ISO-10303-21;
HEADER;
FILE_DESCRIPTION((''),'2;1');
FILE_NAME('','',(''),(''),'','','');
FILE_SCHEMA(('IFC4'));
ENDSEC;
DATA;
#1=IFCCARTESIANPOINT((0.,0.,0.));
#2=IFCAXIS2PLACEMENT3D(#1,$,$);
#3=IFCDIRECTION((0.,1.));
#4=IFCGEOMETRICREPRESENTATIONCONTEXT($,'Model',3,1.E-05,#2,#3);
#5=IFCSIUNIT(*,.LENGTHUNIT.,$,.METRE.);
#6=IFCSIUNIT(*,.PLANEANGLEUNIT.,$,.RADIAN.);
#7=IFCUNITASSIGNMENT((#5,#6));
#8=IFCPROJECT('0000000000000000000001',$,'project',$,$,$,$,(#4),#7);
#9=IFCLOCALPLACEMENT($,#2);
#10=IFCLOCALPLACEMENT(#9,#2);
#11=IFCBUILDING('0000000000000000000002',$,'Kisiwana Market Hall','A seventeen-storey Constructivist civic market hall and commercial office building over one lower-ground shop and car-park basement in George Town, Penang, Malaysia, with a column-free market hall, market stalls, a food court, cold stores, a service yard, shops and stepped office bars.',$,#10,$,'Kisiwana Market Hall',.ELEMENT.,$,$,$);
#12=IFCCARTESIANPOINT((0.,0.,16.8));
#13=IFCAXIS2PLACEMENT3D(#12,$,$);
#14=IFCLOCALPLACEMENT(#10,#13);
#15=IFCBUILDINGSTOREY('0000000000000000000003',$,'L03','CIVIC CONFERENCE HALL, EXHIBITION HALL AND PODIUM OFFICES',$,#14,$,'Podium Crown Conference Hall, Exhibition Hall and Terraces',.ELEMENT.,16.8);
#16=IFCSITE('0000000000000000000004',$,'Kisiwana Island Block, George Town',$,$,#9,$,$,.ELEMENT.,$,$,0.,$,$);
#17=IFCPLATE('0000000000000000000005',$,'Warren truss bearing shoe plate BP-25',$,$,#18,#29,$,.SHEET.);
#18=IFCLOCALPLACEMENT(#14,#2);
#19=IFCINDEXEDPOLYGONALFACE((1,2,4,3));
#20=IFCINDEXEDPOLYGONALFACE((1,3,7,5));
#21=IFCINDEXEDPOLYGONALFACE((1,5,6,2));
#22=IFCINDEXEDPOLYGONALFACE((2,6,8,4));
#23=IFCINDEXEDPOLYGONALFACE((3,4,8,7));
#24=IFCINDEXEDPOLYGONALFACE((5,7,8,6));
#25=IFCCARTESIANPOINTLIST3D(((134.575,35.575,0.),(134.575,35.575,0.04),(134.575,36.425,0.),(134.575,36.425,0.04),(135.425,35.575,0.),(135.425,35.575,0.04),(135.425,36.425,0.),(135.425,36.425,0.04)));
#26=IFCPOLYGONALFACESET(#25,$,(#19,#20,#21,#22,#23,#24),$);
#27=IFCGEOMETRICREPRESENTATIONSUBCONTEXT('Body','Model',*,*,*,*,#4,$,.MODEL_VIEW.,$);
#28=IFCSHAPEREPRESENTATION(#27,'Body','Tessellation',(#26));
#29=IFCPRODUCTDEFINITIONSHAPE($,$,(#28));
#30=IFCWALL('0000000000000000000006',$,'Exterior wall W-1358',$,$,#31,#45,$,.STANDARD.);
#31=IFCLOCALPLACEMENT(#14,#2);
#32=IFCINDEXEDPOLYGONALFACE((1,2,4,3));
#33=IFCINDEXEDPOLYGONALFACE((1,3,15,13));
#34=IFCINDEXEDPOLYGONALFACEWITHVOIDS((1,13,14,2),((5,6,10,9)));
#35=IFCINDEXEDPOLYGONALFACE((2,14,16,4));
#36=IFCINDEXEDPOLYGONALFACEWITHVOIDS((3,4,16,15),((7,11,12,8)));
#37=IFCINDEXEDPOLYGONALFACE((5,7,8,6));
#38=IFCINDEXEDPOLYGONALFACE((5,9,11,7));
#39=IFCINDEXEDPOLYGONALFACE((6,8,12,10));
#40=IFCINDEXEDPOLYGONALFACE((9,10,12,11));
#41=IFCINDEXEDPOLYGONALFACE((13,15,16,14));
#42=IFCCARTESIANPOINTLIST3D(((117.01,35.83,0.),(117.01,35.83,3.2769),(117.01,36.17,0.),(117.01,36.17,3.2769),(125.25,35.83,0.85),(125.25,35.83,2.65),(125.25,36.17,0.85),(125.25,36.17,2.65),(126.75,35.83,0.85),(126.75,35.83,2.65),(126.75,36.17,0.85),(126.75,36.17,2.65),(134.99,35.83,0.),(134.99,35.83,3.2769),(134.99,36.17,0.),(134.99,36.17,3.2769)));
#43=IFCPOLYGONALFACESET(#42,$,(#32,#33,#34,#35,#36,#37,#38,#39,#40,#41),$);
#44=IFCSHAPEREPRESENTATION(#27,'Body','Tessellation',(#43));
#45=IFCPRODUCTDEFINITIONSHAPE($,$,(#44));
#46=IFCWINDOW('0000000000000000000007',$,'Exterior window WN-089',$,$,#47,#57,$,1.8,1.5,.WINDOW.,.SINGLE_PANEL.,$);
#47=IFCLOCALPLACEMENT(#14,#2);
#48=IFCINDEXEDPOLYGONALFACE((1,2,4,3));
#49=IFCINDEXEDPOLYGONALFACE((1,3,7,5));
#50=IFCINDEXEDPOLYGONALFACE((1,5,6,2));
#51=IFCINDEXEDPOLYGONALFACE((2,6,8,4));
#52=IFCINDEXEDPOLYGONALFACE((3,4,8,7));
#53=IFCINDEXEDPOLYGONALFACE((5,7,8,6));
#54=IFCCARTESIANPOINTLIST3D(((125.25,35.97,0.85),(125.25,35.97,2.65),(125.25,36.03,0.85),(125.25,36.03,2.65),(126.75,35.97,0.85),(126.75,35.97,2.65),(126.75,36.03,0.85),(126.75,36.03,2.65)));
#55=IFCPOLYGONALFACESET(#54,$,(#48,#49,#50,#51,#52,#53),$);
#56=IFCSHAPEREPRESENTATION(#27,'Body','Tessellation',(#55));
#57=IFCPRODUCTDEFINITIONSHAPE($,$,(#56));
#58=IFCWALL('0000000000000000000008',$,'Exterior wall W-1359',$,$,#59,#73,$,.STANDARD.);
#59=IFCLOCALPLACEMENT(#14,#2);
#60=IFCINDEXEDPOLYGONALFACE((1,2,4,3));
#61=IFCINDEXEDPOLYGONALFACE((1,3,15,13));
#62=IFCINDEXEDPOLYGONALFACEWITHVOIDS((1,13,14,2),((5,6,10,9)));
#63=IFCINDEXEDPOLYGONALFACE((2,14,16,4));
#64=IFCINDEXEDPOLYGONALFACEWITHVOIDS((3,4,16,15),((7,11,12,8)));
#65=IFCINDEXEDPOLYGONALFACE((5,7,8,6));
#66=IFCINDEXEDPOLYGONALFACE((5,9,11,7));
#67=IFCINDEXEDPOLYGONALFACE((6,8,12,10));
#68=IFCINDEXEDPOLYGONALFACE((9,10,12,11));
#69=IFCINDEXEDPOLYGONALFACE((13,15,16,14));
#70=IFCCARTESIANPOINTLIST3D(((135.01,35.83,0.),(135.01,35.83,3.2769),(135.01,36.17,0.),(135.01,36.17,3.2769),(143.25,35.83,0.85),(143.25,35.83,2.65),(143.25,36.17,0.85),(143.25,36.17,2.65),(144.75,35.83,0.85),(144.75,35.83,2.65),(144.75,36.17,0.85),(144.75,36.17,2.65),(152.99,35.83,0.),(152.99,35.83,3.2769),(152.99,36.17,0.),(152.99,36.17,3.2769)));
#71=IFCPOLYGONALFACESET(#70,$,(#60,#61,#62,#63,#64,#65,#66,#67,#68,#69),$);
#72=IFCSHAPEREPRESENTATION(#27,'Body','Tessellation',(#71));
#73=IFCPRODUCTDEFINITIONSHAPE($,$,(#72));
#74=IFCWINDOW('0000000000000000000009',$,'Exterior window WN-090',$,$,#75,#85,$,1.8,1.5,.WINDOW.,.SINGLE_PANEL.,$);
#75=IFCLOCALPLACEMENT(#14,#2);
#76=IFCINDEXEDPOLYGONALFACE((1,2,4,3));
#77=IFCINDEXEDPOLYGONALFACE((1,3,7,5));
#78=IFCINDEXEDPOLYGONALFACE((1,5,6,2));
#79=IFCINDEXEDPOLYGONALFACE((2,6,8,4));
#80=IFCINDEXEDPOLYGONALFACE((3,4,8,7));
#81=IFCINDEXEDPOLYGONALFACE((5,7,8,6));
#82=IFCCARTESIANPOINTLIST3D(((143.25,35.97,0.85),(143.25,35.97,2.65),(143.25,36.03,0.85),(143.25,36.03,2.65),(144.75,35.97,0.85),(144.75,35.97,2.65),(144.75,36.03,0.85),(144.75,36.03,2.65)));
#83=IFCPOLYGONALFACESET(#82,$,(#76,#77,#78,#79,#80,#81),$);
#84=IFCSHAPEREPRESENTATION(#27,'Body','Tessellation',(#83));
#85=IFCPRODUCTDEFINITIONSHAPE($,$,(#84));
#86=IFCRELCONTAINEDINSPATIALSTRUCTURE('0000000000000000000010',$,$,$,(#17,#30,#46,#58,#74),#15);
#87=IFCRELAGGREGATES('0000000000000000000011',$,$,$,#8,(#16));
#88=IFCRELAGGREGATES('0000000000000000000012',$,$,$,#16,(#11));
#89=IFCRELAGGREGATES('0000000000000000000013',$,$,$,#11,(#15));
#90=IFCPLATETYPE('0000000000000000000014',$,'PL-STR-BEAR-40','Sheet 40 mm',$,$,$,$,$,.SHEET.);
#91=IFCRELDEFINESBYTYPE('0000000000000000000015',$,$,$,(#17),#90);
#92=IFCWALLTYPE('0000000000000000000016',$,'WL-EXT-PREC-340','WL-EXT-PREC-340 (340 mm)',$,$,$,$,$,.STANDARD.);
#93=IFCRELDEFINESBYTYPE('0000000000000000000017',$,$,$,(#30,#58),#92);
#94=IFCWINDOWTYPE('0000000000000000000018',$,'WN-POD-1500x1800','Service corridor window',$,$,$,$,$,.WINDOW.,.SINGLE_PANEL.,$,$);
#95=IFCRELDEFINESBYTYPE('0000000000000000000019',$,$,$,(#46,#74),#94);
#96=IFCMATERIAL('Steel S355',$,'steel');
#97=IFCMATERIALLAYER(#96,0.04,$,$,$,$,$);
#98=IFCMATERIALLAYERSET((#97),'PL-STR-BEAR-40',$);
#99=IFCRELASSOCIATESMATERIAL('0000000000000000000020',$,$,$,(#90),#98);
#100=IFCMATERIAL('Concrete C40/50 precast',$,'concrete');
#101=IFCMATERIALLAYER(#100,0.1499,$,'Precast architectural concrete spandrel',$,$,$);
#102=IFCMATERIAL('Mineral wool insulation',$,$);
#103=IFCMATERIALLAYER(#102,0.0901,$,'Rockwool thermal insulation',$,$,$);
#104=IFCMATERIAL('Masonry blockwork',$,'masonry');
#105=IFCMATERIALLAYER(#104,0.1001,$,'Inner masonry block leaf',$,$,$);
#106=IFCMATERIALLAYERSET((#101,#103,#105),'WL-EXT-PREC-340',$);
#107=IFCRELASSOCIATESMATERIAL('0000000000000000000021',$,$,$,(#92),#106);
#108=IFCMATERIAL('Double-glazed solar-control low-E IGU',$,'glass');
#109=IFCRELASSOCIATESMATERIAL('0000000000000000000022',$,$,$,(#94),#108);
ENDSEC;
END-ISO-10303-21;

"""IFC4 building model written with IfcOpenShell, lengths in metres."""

from ifc_helpers import new_model, si_unit, direction, frame, frame_2d, origin, origin_2d, place, context, subcontext, project, spatial, rectangle, extrude, material, layer, layer_set, type_object, element, fill, save


model = new_model("IFC4")

# Units and contexts
model_context = context("Model", 3, precision=1e-05, world=origin(), true_north=direction((0.0, 1.0)))
body_context = subcontext(model_context, "Body", "Model", "MODEL_VIEW")
ifc_project = project(units=[si_unit("LENGTHUNIT", "METRE"), si_unit("PLANEANGLEUNIT", "RADIAN")], contexts=[model_context])

# Site, building, storey
site_placement = place(None, origin())
site = spatial("IfcSite", under=ifc_project, at=site_placement, Name="Kisiwana Island Block, George Town", CompositionType="ELEMENT", RefElevation=0.0)
building_placement = place(site_placement, origin())
building = spatial("IfcBuilding", under=site, at=building_placement, Name="Kisiwana Market Hall", Description="A seventeen-storey Constructivist civic market hall and commercial office building over one lower-ground shop and car-park basement in George Town, Penang, Malaysia, with a column-free market hall, market stalls, a food court, cold stores, a service yard, shops and stepped office bars.", LongName="Kisiwana Market Hall", CompositionType="ELEMENT")
storey_placement = place(building_placement, frame((0.0, 0.0, 16.8)))
storey = spatial("IfcBuildingStorey", under=building, at=storey_placement, Name="L03", Description="CIVIC CONFERENCE HALL, EXHIBITION HALL AND PODIUM OFFICES", LongName="Podium Crown Conference Hall, Exhibition Hall and Terraces", CompositionType="ELEMENT", Elevation=16.8)

# Plate
ifc_material_1 = material(Name="Steel S355", Category="steel")
ifc_layer_1 = layer(ifc_material_1, 0.04)
ifc_layer_set_1 = layer_set([ifc_layer_1], Name="PL-STR-BEAR-40")
plate_type = type_object("IfcPlateType", Name="PL-STR-BEAR-40", Description="Sheet 40 mm", PredefinedType="SHEET", material=ifc_layer_set_1)
plate_placement = place(storey_placement, frame((135.0, 36.0, 0.0), z_axis=(0.0, 0.0, 1.0), x_axis=(1.0, 0.0, 0.0)))
element("IfcPlate", 1, at=plate_placement, inside=storey, type_object=plate_type, Name="Warren truss bearing shoe plate BP-25", PredefinedType="SHEET", context=body_context, shape_type="SweptSolid", body=[
    extrude(rectangle(XDim=0.8501, YDim=0.8501, at=origin_2d()), origin(), (0.0, 0.0, 1.0), 0.04),
])

# Walls, openings, windows
ifc_material_2 = material(Name="Concrete C40/50 precast", Category="concrete")
ifc_layer_2 = layer(ifc_material_2, 0.1499, Name="Precast architectural concrete spandrel")
ifc_material_3 = material(Name="Mineral wool insulation")
ifc_layer_3 = layer(ifc_material_3, 0.0901, Name="Rockwool thermal insulation")
ifc_material_4 = material(Name="Masonry blockwork", Category="masonry")
ifc_layer_4 = layer(ifc_material_4, 0.1001, Name="Inner masonry block leaf")
ifc_layer_set_2 = layer_set([ifc_layer_2, ifc_layer_3, ifc_layer_4], Name="WL-EXT-PREC-340")
wall_type = type_object("IfcWallType", Name="WL-EXT-PREC-340", Description="WL-EXT-PREC-340 (340 mm)", PredefinedType="STANDARD", material=ifc_layer_set_2)
wall_1_placement = place(storey_placement, frame((117.01, 36.0, 0.0), z_axis=(0.0, 0.0, 1.0), x_axis=(1.0, 0.0, 0.0)))
wall_1 = element("IfcWall", 2, at=wall_1_placement, inside=storey, type_object=wall_type, Name="Exterior wall W-1358", PredefinedType="STANDARD", context=body_context, shape_type="SweptSolid", body=[
    extrude(rectangle(XDim=17.98, YDim=0.3401, at=frame_2d((8.99, 0.0))), origin(), (0.0, 0.0, 1.0), 3.2769),
])
opening_1_placement = place(wall_1_placement, frame((8.24, 0.0, 0.8501)))
opening_1 = element("IfcOpeningElement", 3, at=opening_1_placement, cuts=wall_1, PredefinedType="OPENING", context=body_context, shape_type="SweptSolid", body=[
    extrude(rectangle(XDim=1.5, YDim=1.8, at=frame_2d((0.75, 0.8999))), frame((0.0, 0.1821, 0.0), z_axis=(0.0, -1.0, 0.0), x_axis=(1.0, 0.0, 0.0)), (0.0, 0.0, 1.0), 0.364),
])
ifc_material_5 = material(Name="Double-glazed solar-control low-E IGU", Category="glass")
window_type = type_object("IfcWindowType", Name="WN-POD-1500x1800", Description="Service corridor window", PartitioningType="SINGLE_PANEL", PredefinedType="WINDOW", material=ifc_material_5)
window_1_placement = place(opening_1_placement, origin())
window_1 = element("IfcWindow", 4, at=window_1_placement, inside=storey, type_object=window_type, Name="Exterior window WN-089", OverallHeight=1.8, OverallWidth=1.5, PartitioningType="SINGLE_PANEL", PredefinedType="WINDOW", context=body_context, shape_type="SweptSolid", body=[
    extrude(rectangle(XDim=1.5, YDim=1.8, at=frame_2d((0.75, 0.8999))), frame((0.0, 0.03, 0.0), z_axis=(0.0, -1.0, 0.0), x_axis=(1.0, 0.0, 0.0)), (0.0, 0.0, 1.0), 0.0601),
])
fill(opening_1, window_1)
wall_2_placement = place(storey_placement, frame((135.01, 36.0, 0.0), z_axis=(0.0, 0.0, 1.0), x_axis=(1.0, 0.0, 0.0)))
wall_2 = element("IfcWall", 5, at=wall_2_placement, inside=storey, type_object=wall_type, Name="Exterior wall W-1359", PredefinedType="STANDARD", context=body_context, shape_type="SweptSolid", body=[
    extrude(rectangle(XDim=17.98, YDim=0.3401, at=frame_2d((8.99, 0.0))), origin(), (0.0, 0.0, 1.0), 3.2769),
])
opening_2_placement = place(wall_2_placement, frame((8.24, 0.0, 0.8501)))
opening_2 = element("IfcOpeningElement", 6, at=opening_2_placement, cuts=wall_2, PredefinedType="OPENING", context=body_context, shape_type="SweptSolid", body=[
    extrude(rectangle(XDim=1.5, YDim=1.8, at=frame_2d((0.75, 0.8999))), frame((0.0, 0.1821, 0.0), z_axis=(0.0, -1.0, 0.0), x_axis=(1.0, 0.0, 0.0)), (0.0, 0.0, 1.0), 0.364),
])
window_2_placement = place(opening_2_placement, origin())
window_2 = element("IfcWindow", 7, at=window_2_placement, inside=storey, type_object=window_type, Name="Exterior window WN-090", OverallHeight=1.8, OverallWidth=1.5, PartitioningType="SINGLE_PANEL", PredefinedType="WINDOW", context=body_context, shape_type="SweptSolid", body=[
    extrude(rectangle(XDim=1.5, YDim=1.8, at=frame_2d((0.75, 0.8999))), frame((0.0, 0.03, 0.0), z_axis=(0.0, -1.0, 0.0), x_axis=(1.0, 0.0, 0.0)), (0.0, 0.0, 1.0), 0.0601),
])
fill(opening_2, window_2)

save(model, "model.ifc")
